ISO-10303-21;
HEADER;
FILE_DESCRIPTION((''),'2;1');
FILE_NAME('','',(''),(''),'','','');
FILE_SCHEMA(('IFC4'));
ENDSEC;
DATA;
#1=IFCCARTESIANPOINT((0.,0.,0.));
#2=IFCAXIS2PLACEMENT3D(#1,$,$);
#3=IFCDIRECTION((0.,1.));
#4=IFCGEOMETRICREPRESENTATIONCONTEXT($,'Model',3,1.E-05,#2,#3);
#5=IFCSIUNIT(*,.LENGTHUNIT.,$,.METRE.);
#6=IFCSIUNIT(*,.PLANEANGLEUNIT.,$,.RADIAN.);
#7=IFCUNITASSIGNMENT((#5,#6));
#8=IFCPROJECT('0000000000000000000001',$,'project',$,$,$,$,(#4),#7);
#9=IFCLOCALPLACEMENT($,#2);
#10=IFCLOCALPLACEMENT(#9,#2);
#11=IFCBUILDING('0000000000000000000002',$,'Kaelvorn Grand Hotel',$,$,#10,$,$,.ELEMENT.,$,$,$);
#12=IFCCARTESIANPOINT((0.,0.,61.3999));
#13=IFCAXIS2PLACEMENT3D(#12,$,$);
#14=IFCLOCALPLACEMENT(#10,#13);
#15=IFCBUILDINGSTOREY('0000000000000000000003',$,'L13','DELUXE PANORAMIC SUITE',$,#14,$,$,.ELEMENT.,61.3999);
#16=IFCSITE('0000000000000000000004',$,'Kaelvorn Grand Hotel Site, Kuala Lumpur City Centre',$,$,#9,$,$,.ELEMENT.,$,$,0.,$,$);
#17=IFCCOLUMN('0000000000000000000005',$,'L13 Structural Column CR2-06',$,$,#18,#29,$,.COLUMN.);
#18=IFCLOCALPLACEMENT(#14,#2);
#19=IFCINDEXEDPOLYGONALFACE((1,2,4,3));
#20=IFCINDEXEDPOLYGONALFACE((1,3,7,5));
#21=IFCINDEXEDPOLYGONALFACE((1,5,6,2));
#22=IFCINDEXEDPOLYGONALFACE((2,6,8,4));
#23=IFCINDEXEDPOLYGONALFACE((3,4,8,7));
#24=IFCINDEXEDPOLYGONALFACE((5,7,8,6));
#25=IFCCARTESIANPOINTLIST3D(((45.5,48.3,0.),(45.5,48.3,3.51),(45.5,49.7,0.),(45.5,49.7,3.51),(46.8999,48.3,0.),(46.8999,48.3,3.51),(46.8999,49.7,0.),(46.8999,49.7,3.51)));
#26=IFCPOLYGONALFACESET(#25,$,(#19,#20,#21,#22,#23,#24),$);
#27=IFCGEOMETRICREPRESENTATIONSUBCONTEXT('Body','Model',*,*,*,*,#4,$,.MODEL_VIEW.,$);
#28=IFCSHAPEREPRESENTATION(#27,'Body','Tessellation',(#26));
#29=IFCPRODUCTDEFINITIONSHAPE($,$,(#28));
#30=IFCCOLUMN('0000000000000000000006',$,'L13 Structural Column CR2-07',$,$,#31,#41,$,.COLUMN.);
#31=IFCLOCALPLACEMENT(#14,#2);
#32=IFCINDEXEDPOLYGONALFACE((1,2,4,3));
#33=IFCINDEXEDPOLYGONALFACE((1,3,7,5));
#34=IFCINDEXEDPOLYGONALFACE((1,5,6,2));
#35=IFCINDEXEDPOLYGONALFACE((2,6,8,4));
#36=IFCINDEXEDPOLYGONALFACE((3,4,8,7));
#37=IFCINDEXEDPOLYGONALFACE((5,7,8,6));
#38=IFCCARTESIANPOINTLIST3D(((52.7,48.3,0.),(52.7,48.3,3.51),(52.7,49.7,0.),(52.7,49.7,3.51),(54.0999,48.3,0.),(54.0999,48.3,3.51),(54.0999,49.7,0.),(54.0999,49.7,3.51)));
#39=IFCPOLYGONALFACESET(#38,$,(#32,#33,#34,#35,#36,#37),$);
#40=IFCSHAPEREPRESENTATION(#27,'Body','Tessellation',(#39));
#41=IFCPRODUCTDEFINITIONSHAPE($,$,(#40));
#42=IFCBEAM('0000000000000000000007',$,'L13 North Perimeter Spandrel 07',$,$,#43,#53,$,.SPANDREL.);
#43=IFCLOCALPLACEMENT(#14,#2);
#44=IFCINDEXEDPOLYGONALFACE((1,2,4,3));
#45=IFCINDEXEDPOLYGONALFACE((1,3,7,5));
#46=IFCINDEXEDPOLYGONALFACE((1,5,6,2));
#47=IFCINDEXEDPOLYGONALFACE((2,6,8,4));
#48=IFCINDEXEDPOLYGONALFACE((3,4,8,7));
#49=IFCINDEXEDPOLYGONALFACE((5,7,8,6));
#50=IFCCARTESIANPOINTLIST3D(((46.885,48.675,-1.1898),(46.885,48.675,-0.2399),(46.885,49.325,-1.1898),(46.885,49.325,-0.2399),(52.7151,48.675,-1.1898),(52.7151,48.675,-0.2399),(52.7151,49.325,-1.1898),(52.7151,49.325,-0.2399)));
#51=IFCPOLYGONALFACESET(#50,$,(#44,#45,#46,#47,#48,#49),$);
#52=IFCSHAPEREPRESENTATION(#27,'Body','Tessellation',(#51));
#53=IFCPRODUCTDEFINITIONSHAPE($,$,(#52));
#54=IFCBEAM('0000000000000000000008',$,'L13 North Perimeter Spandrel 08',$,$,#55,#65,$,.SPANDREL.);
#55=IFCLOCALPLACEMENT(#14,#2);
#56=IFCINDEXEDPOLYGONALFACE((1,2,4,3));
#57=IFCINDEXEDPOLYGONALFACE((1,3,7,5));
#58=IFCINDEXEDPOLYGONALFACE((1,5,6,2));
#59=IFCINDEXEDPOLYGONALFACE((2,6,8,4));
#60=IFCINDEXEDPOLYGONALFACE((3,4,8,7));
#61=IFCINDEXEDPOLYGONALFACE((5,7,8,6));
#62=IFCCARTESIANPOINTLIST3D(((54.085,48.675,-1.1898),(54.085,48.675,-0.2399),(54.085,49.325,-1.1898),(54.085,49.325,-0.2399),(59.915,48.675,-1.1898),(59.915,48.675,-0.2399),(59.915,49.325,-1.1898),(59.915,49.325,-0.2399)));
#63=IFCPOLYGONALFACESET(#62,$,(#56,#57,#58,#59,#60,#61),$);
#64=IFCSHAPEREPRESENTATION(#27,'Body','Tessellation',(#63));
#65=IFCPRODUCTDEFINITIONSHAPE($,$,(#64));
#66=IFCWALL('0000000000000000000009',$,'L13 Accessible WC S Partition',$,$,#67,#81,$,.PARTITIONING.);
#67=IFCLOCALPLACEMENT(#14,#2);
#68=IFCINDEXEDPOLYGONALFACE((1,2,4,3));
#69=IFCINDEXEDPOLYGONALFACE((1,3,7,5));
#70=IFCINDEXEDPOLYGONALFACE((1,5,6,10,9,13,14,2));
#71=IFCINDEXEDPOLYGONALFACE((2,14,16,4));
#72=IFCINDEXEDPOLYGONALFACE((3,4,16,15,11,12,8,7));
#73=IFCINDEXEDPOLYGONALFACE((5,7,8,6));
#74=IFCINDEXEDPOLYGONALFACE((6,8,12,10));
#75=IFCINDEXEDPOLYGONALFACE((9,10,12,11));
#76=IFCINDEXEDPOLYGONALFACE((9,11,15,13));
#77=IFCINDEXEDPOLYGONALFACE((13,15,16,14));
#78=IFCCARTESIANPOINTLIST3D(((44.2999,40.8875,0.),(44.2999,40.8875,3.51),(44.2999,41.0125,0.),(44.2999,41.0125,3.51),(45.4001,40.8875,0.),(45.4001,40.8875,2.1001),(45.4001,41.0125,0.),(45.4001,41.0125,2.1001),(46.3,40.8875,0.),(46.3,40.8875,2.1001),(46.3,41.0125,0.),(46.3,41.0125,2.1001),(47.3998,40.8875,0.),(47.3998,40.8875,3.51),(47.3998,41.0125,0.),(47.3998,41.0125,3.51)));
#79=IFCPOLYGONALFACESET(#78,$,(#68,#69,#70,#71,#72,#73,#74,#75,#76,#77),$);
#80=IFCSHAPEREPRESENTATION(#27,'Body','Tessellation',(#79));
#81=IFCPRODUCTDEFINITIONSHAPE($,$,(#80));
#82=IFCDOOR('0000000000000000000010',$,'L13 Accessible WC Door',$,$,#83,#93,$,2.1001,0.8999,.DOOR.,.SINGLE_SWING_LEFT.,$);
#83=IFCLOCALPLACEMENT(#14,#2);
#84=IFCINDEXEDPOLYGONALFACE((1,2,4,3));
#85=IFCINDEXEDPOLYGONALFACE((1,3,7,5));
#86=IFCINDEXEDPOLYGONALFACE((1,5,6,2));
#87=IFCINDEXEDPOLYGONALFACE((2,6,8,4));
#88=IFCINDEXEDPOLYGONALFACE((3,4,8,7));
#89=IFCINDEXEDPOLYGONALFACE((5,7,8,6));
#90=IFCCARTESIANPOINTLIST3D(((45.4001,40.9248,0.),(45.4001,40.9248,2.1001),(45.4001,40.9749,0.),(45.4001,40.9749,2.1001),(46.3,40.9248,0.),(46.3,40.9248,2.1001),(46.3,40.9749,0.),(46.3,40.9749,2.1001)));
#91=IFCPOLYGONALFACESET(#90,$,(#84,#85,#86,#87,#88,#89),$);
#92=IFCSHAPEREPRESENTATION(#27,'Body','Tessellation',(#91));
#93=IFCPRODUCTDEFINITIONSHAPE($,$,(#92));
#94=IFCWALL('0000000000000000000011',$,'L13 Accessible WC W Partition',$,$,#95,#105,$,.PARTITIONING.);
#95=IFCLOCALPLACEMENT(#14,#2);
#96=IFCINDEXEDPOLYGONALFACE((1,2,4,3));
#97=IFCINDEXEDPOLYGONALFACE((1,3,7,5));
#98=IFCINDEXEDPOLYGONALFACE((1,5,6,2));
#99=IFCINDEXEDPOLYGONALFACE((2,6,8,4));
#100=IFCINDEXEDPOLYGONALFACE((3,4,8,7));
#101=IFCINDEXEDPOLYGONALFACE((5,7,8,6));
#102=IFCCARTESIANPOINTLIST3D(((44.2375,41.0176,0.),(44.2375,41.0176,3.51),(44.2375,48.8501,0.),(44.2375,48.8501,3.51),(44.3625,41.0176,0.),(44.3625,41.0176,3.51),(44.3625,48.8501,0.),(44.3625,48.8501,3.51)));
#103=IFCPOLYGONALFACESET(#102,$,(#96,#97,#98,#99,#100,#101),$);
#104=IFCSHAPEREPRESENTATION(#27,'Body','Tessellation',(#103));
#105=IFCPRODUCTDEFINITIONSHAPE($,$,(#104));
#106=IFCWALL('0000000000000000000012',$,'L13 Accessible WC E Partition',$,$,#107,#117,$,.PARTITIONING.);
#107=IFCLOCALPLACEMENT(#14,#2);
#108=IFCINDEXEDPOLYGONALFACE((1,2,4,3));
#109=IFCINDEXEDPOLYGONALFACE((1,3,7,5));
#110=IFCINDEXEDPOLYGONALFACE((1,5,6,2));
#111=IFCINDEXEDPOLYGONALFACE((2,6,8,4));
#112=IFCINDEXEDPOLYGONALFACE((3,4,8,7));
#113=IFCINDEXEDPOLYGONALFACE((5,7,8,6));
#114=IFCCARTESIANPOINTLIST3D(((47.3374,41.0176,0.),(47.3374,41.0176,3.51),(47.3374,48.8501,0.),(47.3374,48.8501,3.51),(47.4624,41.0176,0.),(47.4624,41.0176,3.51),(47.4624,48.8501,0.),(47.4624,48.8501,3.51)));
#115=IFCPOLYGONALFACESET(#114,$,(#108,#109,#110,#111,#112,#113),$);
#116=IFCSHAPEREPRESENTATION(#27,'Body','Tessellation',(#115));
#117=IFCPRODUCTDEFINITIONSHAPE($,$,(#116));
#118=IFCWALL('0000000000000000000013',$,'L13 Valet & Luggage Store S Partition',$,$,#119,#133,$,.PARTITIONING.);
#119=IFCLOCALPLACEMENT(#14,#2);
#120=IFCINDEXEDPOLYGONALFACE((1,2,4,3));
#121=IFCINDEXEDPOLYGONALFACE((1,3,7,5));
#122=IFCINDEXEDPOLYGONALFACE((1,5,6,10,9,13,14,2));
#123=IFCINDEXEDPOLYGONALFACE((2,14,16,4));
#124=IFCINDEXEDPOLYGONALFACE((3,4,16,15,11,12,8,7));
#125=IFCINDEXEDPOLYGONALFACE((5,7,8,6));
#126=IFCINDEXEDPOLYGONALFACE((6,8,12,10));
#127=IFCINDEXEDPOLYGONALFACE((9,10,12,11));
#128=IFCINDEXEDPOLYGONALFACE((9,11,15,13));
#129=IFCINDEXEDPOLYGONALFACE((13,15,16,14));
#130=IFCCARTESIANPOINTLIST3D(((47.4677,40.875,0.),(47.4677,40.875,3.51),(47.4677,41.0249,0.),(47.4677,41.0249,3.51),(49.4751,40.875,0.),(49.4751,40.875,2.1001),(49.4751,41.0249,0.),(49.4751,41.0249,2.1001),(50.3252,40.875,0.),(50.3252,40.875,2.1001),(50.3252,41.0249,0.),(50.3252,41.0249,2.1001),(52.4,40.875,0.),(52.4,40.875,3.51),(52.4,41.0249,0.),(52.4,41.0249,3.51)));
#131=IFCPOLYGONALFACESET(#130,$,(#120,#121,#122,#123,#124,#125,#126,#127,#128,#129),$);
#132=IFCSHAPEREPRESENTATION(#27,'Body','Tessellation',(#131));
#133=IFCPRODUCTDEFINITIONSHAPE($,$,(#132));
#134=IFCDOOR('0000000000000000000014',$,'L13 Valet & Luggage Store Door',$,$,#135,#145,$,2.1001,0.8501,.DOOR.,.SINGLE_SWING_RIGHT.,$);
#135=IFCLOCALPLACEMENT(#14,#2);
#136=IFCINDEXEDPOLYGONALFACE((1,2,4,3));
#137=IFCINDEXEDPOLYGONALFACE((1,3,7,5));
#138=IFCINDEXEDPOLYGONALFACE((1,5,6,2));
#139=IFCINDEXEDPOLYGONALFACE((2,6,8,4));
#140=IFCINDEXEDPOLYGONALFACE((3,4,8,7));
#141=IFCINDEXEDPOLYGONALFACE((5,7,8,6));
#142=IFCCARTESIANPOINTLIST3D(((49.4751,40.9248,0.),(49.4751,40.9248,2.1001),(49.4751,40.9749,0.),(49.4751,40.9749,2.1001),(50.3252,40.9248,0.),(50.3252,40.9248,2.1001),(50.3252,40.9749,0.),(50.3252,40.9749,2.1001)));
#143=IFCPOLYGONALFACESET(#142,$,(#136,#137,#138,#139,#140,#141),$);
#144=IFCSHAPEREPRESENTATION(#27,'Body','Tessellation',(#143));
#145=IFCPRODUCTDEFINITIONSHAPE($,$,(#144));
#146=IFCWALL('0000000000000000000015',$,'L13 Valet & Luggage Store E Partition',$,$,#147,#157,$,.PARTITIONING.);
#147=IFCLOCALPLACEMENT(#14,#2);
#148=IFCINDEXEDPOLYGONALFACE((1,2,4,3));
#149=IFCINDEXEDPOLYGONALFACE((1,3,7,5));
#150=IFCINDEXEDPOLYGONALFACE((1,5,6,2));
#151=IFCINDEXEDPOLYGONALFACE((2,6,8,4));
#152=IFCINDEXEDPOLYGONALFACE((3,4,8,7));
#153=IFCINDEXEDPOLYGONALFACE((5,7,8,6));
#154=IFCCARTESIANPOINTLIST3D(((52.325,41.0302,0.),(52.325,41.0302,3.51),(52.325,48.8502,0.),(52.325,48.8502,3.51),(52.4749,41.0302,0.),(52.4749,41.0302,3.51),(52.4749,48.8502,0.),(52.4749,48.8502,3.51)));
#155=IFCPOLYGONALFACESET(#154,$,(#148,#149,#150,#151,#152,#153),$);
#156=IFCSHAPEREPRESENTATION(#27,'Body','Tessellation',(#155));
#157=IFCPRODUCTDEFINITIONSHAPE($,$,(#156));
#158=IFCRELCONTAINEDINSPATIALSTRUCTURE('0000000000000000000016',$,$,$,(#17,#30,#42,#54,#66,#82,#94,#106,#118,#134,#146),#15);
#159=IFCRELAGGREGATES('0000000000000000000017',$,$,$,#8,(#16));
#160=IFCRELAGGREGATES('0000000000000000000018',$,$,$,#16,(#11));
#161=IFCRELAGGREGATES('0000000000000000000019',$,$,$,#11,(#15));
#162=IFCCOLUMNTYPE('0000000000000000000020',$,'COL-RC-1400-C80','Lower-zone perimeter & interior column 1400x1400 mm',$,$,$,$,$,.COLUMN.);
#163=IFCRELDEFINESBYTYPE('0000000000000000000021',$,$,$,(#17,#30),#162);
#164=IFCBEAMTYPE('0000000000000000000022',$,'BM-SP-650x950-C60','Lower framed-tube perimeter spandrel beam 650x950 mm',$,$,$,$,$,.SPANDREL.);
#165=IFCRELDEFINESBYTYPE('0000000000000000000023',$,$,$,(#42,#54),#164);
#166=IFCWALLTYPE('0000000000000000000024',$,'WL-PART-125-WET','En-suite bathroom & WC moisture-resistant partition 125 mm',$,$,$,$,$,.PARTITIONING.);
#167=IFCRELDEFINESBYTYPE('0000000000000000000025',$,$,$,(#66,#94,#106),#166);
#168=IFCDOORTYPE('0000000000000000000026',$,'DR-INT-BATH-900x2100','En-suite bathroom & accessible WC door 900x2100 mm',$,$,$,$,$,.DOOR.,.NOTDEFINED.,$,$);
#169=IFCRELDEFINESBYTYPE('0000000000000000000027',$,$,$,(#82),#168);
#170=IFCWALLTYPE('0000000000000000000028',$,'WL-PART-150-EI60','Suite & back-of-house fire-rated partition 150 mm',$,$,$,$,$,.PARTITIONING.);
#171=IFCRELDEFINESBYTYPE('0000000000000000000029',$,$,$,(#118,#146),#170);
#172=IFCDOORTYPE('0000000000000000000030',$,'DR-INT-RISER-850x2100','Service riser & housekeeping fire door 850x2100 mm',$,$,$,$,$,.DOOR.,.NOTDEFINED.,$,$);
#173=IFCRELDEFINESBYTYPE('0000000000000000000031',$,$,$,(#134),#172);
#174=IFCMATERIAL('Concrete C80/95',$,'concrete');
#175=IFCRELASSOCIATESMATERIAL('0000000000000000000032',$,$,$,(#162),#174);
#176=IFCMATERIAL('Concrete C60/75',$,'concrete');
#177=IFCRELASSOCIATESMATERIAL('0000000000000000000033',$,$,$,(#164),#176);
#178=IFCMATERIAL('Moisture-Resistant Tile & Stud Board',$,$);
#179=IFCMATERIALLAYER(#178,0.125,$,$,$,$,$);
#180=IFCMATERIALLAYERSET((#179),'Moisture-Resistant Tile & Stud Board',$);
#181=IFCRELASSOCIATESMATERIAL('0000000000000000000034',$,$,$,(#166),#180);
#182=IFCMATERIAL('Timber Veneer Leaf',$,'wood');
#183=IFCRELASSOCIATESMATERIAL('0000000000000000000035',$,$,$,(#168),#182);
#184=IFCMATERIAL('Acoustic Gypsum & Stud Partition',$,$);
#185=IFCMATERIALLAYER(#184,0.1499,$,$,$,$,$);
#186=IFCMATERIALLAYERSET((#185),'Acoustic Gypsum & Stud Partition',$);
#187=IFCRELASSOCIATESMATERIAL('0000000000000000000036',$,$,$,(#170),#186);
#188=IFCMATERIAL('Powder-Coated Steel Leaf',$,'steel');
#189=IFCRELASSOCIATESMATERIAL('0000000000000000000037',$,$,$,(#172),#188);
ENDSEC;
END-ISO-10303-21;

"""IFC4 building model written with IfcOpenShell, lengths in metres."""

from ifc_helpers import new_model, si_unit, direction, frame, frame_2d, origin, origin_2d, place, context, subcontext, project, spatial, rectangle, extrude, material, layer, layer_set, material_profile, profile_set, type_object, element, fill, save


model = new_model("IFC4")

# Units and contexts
model_context = context("Model", 3, precision=1e-05, world=origin(), true_north=direction((0.0, 1.0)))
body_context = subcontext(model_context, "Body", "Model", "MODEL_VIEW")
ifc_project = project(units=[si_unit("LENGTHUNIT", "METRE"), si_unit("PLANEANGLEUNIT", "RADIAN")], contexts=[model_context])

# Site, building, storey
site_placement = place(None, origin())
site = spatial("IfcSite", under=ifc_project, at=site_placement, Name="Kaelvorn Grand Hotel Site, Kuala Lumpur City Centre", CompositionType="ELEMENT", RefElevation=0.0)
building_placement = place(site_placement, origin())
building = spatial("IfcBuilding", under=site, at=building_placement, Name="Kaelvorn Grand Hotel", CompositionType="ELEMENT")
storey_placement = place(building_placement, frame((0.0, 0.0, 61.3999)))
storey = spatial("IfcBuildingStorey", under=building, at=storey_placement, Name="L13", Description="DELUXE PANORAMIC SUITE", CompositionType="ELEMENT", Elevation=61.3999)

# Columns
ifc_material_1 = material(Name="Concrete C80/95", Category="concrete")
ifc_material_profile_1 = material_profile(ifc_material_1, rectangle(XDim=1.3999, YDim=1.3999, at=origin_2d()), Name="RC COL 1400x1400")
ifc_profile_set_1 = profile_set([ifc_material_profile_1], Name="Concrete C80/95")
column_type = type_object("IfcColumnType", Name="COL-RC-1400-C80", Description="Lower-zone perimeter & interior column 1400x1400 mm", PredefinedType="COLUMN", material=ifc_profile_set_1)
for number, where, z_axis, x_axis, name in (
    (1, (46.2, 49.0, 0.0), (0.0, 0.0, 1.0), (1.0, 0.0, 0.0), "L13 Structural Column CR2-06"),
    (2, (53.3999, 49.0, 0.0), (0.0, 0.0, 1.0), (1.0, 0.0, 0.0), "L13 Structural Column CR2-07"),
):
    element("IfcColumn", number, at=place(storey_placement, frame(where, z_axis=z_axis, x_axis=x_axis)), inside=storey, type_object=column_type, Name=name, PredefinedType="COLUMN", context=body_context, shape_type="SweptSolid", body=[
        extrude(rectangle(XDim=1.3999, YDim=1.3999, at=origin_2d()), origin(), (0.0, 0.0, 1.0), 3.51),
    ])

# Beams
ifc_material_2 = material(Name="Concrete C60/75", Category="concrete")
ifc_material_profile_2 = material_profile(ifc_material_2, rectangle(XDim=0.6499, YDim=0.95, at=origin_2d()), Name="RC SPANDREL 650x950")
ifc_profile_set_2 = profile_set([ifc_material_profile_2], Name="Concrete C60/75")
beam_type = type_object("IfcBeamType", Name="BM-SP-650x950-C60", Description="Lower framed-tube perimeter spandrel beam 650x950 mm", PredefinedType="SPANDREL", material=ifc_profile_set_2)
for number, where, z_axis, x_axis, name in (
    (3, (46.885, 49.0, -0.7148), (1.0, 0.0, 0.0), (0.0, 1.0, 0.0), "L13 North Perimeter Spandrel 07"),
    (4, (54.085, 49.0, -0.7148), (1.0, 0.0, 0.0), (0.0, 1.0, 0.0), "L13 North Perimeter Spandrel 08"),
):
    element("IfcBeam", number, at=place(storey_placement, frame(where, z_axis=z_axis, x_axis=x_axis)), inside=storey, type_object=beam_type, Name=name, PredefinedType="SPANDREL", context=body_context, shape_type="SweptSolid", body=[
        extrude(rectangle(XDim=0.6499, YDim=0.95, at=origin_2d()), origin(), (0.0, 0.0, 1.0), 5.8301),
    ])

# Wall, opening, door
ifc_material_3 = material(Name="Moisture-Resistant Tile & Stud Board")
ifc_layer_1 = layer(ifc_material_3, 0.125)
ifc_layer_set_1 = layer_set([ifc_layer_1], Name="Moisture-Resistant Tile & Stud Board")
wall_type_1 = type_object("IfcWallType", Name="WL-PART-125-WET", Description="En-suite bathroom & WC moisture-resistant partition 125 mm", PredefinedType="PARTITIONING", material=ifc_layer_set_1)
wall_1_placement = place(storey_placement, frame((44.3, 40.95, 0.0), z_axis=(0.0, 0.0, 1.0), x_axis=(1.0, 0.0, 0.0)))
wall_1 = element("IfcWall", 5, at=wall_1_placement, inside=storey, type_object=wall_type_1, Name="L13 Accessible WC S Partition", PredefinedType="PARTITIONING", context=body_context, shape_type="SweptSolid", body=[
    extrude(rectangle(XDim=3.0999, YDim=0.125, at=frame_2d((1.5498, 0.0))), origin(), (0.0, 0.0, 1.0), 3.51),
])
opening_1_placement = place(wall_1_placement, frame((1.1001, 0.0, 0.0)))
opening_1 = element("IfcOpeningElement", 6, at=opening_1_placement, cuts=wall_1, PredefinedType="OPENING", context=body_context, shape_type="SweptSolid", body=[
    extrude(rectangle(XDim=0.8999, YDim=2.1001, at=frame_2d((0.45, 1.05))), frame((0.0, 0.0725, 0.0), z_axis=(0.0, -1.0, 0.0), x_axis=(1.0, 0.0, 0.0)), (0.0, 0.0, 1.0), 0.145),
])
ifc_material_4 = material(Name="Timber Veneer Leaf", Category="wood")
door_type_1 = type_object("IfcDoorType", Name="DR-INT-BATH-900x2100", Description="En-suite bathroom & accessible WC door 900x2100 mm", OperationType="NOTDEFINED", PredefinedType="DOOR", material=ifc_material_4)
door_1_placement = place(opening_1_placement, origin())
door_1 = element("IfcDoor", 7, at=door_1_placement, inside=storey, type_object=door_type_1, Name="L13 Accessible WC Door", OperationType="SINGLE_SWING_LEFT", OverallHeight=2.1001, OverallWidth=0.8999, PredefinedType="DOOR", context=body_context, shape_type="SweptSolid", body=[
    extrude(rectangle(XDim=0.8999, YDim=2.1001, at=frame_2d((0.45, 1.05))), frame((0.0, 0.0249, 0.0), z_axis=(0.0, -1.0, 0.0), x_axis=(1.0, 0.0, 0.0)), (0.0, 0.0, 1.0), 0.05),
])
fill(opening_1, door_1)

# Walls
for number, where, z_axis, x_axis, name in (
    (8, (44.3, 41.0176, 0.0), (0.0, 0.0, 1.0), (0.0, 1.0, 0.0), "L13 Accessible WC W Partition"),
    (9, (47.3999, 41.0176, 0.0), (0.0, 0.0, 1.0), (0.0, 1.0, 0.0), "L13 Accessible WC E Partition"),
):
    element("IfcWall", number, at=place(storey_placement, frame(where, z_axis=z_axis, x_axis=x_axis)), inside=storey, type_object=wall_type_1, Name=name, PredefinedType="PARTITIONING", context=body_context, shape_type="SweptSolid", body=[
        extrude(rectangle(XDim=7.8325, YDim=0.125, at=frame_2d((3.9163, 0.0))), origin(), (0.0, 0.0, 1.0), 3.51),
    ])

# Wall, opening, door
ifc_material_5 = material(Name="Acoustic Gypsum & Stud Partition")
ifc_layer_2 = layer(ifc_material_5, 0.1499)
ifc_layer_set_2 = layer_set([ifc_layer_2], Name="Acoustic Gypsum & Stud Partition")
wall_type_2 = type_object("IfcWallType", Name="WL-PART-150-EI60", Description="Suite & back-of-house fire-rated partition 150 mm", PredefinedType="PARTITIONING", material=ifc_layer_set_2)
wall_2_placement = place(storey_placement, frame((47.4675, 40.95, 0.0), z_axis=(0.0, 0.0, 1.0), x_axis=(1.0, 0.0, 0.0)))
wall_2 = element("IfcWall", 10, at=wall_2_placement, inside=storey, type_object=wall_type_2, Name="L13 Valet & Luggage Store S Partition", PredefinedType="PARTITIONING", context=body_context, shape_type="SweptSolid", body=[
    extrude(rectangle(XDim=4.9324, YDim=0.1499, at=frame_2d((2.4663, 0.0))), origin(), (0.0, 0.0, 1.0), 3.51),
])
opening_2_placement = place(wall_2_placement, frame((2.0076, 0.0, 0.0)))
opening_2 = element("IfcOpeningElement", 11, at=opening_2_placement, cuts=wall_2, PredefinedType="OPENING", context=body_context, shape_type="SweptSolid", body=[
    extrude(rectangle(XDim=0.8501, YDim=2.1001, at=frame_2d((0.425, 1.05))), frame((0.0, 0.085, 0.0), z_axis=(0.0, -1.0, 0.0), x_axis=(1.0, 0.0, 0.0)), (0.0, 0.0, 1.0), 0.1699),
])
ifc_material_6 = material(Name="Powder-Coated Steel Leaf", Category="steel")
door_type_2 = type_object("IfcDoorType", Name="DR-INT-RISER-850x2100", Description="Service riser & housekeeping fire door 850x2100 mm", OperationType="NOTDEFINED", PredefinedType="DOOR", material=ifc_material_6)
door_2_placement = place(opening_2_placement, origin())
door_2 = element("IfcDoor", 12, at=door_2_placement, inside=storey, type_object=door_type_2, Name="L13 Valet & Luggage Store Door", OperationType="SINGLE_SWING_RIGHT", OverallHeight=2.1001, OverallWidth=0.8501, PredefinedType="DOOR", context=body_context, shape_type="SweptSolid", body=[
    extrude(rectangle(XDim=0.8501, YDim=2.1001, at=frame_2d((0.425, 1.05))), frame((0.0, 0.0249, 0.0), z_axis=(0.0, -1.0, 0.0), x_axis=(1.0, 0.0, 0.0)), (0.0, 0.0, 1.0), 0.05),
])
fill(opening_2, door_2)

# Wall
wall_3_placement = place(storey_placement, frame((52.3999, 41.03, 0.0), z_axis=(0.0, 0.0, 1.0), x_axis=(0.0, 1.0, 0.0)))
element("IfcWall", 13, at=wall_3_placement, inside=storey, type_object=wall_type_2, Name="L13 Valet & Luggage Store E Partition", PredefinedType="PARTITIONING", context=body_context, shape_type="SweptSolid", body=[
    extrude(rectangle(XDim=7.8201, YDim=0.1499, at=frame_2d((3.9102, 0.0))), origin(), (0.0, 0.0, 1.0), 3.51),
])

save(model, "model.ifc")
